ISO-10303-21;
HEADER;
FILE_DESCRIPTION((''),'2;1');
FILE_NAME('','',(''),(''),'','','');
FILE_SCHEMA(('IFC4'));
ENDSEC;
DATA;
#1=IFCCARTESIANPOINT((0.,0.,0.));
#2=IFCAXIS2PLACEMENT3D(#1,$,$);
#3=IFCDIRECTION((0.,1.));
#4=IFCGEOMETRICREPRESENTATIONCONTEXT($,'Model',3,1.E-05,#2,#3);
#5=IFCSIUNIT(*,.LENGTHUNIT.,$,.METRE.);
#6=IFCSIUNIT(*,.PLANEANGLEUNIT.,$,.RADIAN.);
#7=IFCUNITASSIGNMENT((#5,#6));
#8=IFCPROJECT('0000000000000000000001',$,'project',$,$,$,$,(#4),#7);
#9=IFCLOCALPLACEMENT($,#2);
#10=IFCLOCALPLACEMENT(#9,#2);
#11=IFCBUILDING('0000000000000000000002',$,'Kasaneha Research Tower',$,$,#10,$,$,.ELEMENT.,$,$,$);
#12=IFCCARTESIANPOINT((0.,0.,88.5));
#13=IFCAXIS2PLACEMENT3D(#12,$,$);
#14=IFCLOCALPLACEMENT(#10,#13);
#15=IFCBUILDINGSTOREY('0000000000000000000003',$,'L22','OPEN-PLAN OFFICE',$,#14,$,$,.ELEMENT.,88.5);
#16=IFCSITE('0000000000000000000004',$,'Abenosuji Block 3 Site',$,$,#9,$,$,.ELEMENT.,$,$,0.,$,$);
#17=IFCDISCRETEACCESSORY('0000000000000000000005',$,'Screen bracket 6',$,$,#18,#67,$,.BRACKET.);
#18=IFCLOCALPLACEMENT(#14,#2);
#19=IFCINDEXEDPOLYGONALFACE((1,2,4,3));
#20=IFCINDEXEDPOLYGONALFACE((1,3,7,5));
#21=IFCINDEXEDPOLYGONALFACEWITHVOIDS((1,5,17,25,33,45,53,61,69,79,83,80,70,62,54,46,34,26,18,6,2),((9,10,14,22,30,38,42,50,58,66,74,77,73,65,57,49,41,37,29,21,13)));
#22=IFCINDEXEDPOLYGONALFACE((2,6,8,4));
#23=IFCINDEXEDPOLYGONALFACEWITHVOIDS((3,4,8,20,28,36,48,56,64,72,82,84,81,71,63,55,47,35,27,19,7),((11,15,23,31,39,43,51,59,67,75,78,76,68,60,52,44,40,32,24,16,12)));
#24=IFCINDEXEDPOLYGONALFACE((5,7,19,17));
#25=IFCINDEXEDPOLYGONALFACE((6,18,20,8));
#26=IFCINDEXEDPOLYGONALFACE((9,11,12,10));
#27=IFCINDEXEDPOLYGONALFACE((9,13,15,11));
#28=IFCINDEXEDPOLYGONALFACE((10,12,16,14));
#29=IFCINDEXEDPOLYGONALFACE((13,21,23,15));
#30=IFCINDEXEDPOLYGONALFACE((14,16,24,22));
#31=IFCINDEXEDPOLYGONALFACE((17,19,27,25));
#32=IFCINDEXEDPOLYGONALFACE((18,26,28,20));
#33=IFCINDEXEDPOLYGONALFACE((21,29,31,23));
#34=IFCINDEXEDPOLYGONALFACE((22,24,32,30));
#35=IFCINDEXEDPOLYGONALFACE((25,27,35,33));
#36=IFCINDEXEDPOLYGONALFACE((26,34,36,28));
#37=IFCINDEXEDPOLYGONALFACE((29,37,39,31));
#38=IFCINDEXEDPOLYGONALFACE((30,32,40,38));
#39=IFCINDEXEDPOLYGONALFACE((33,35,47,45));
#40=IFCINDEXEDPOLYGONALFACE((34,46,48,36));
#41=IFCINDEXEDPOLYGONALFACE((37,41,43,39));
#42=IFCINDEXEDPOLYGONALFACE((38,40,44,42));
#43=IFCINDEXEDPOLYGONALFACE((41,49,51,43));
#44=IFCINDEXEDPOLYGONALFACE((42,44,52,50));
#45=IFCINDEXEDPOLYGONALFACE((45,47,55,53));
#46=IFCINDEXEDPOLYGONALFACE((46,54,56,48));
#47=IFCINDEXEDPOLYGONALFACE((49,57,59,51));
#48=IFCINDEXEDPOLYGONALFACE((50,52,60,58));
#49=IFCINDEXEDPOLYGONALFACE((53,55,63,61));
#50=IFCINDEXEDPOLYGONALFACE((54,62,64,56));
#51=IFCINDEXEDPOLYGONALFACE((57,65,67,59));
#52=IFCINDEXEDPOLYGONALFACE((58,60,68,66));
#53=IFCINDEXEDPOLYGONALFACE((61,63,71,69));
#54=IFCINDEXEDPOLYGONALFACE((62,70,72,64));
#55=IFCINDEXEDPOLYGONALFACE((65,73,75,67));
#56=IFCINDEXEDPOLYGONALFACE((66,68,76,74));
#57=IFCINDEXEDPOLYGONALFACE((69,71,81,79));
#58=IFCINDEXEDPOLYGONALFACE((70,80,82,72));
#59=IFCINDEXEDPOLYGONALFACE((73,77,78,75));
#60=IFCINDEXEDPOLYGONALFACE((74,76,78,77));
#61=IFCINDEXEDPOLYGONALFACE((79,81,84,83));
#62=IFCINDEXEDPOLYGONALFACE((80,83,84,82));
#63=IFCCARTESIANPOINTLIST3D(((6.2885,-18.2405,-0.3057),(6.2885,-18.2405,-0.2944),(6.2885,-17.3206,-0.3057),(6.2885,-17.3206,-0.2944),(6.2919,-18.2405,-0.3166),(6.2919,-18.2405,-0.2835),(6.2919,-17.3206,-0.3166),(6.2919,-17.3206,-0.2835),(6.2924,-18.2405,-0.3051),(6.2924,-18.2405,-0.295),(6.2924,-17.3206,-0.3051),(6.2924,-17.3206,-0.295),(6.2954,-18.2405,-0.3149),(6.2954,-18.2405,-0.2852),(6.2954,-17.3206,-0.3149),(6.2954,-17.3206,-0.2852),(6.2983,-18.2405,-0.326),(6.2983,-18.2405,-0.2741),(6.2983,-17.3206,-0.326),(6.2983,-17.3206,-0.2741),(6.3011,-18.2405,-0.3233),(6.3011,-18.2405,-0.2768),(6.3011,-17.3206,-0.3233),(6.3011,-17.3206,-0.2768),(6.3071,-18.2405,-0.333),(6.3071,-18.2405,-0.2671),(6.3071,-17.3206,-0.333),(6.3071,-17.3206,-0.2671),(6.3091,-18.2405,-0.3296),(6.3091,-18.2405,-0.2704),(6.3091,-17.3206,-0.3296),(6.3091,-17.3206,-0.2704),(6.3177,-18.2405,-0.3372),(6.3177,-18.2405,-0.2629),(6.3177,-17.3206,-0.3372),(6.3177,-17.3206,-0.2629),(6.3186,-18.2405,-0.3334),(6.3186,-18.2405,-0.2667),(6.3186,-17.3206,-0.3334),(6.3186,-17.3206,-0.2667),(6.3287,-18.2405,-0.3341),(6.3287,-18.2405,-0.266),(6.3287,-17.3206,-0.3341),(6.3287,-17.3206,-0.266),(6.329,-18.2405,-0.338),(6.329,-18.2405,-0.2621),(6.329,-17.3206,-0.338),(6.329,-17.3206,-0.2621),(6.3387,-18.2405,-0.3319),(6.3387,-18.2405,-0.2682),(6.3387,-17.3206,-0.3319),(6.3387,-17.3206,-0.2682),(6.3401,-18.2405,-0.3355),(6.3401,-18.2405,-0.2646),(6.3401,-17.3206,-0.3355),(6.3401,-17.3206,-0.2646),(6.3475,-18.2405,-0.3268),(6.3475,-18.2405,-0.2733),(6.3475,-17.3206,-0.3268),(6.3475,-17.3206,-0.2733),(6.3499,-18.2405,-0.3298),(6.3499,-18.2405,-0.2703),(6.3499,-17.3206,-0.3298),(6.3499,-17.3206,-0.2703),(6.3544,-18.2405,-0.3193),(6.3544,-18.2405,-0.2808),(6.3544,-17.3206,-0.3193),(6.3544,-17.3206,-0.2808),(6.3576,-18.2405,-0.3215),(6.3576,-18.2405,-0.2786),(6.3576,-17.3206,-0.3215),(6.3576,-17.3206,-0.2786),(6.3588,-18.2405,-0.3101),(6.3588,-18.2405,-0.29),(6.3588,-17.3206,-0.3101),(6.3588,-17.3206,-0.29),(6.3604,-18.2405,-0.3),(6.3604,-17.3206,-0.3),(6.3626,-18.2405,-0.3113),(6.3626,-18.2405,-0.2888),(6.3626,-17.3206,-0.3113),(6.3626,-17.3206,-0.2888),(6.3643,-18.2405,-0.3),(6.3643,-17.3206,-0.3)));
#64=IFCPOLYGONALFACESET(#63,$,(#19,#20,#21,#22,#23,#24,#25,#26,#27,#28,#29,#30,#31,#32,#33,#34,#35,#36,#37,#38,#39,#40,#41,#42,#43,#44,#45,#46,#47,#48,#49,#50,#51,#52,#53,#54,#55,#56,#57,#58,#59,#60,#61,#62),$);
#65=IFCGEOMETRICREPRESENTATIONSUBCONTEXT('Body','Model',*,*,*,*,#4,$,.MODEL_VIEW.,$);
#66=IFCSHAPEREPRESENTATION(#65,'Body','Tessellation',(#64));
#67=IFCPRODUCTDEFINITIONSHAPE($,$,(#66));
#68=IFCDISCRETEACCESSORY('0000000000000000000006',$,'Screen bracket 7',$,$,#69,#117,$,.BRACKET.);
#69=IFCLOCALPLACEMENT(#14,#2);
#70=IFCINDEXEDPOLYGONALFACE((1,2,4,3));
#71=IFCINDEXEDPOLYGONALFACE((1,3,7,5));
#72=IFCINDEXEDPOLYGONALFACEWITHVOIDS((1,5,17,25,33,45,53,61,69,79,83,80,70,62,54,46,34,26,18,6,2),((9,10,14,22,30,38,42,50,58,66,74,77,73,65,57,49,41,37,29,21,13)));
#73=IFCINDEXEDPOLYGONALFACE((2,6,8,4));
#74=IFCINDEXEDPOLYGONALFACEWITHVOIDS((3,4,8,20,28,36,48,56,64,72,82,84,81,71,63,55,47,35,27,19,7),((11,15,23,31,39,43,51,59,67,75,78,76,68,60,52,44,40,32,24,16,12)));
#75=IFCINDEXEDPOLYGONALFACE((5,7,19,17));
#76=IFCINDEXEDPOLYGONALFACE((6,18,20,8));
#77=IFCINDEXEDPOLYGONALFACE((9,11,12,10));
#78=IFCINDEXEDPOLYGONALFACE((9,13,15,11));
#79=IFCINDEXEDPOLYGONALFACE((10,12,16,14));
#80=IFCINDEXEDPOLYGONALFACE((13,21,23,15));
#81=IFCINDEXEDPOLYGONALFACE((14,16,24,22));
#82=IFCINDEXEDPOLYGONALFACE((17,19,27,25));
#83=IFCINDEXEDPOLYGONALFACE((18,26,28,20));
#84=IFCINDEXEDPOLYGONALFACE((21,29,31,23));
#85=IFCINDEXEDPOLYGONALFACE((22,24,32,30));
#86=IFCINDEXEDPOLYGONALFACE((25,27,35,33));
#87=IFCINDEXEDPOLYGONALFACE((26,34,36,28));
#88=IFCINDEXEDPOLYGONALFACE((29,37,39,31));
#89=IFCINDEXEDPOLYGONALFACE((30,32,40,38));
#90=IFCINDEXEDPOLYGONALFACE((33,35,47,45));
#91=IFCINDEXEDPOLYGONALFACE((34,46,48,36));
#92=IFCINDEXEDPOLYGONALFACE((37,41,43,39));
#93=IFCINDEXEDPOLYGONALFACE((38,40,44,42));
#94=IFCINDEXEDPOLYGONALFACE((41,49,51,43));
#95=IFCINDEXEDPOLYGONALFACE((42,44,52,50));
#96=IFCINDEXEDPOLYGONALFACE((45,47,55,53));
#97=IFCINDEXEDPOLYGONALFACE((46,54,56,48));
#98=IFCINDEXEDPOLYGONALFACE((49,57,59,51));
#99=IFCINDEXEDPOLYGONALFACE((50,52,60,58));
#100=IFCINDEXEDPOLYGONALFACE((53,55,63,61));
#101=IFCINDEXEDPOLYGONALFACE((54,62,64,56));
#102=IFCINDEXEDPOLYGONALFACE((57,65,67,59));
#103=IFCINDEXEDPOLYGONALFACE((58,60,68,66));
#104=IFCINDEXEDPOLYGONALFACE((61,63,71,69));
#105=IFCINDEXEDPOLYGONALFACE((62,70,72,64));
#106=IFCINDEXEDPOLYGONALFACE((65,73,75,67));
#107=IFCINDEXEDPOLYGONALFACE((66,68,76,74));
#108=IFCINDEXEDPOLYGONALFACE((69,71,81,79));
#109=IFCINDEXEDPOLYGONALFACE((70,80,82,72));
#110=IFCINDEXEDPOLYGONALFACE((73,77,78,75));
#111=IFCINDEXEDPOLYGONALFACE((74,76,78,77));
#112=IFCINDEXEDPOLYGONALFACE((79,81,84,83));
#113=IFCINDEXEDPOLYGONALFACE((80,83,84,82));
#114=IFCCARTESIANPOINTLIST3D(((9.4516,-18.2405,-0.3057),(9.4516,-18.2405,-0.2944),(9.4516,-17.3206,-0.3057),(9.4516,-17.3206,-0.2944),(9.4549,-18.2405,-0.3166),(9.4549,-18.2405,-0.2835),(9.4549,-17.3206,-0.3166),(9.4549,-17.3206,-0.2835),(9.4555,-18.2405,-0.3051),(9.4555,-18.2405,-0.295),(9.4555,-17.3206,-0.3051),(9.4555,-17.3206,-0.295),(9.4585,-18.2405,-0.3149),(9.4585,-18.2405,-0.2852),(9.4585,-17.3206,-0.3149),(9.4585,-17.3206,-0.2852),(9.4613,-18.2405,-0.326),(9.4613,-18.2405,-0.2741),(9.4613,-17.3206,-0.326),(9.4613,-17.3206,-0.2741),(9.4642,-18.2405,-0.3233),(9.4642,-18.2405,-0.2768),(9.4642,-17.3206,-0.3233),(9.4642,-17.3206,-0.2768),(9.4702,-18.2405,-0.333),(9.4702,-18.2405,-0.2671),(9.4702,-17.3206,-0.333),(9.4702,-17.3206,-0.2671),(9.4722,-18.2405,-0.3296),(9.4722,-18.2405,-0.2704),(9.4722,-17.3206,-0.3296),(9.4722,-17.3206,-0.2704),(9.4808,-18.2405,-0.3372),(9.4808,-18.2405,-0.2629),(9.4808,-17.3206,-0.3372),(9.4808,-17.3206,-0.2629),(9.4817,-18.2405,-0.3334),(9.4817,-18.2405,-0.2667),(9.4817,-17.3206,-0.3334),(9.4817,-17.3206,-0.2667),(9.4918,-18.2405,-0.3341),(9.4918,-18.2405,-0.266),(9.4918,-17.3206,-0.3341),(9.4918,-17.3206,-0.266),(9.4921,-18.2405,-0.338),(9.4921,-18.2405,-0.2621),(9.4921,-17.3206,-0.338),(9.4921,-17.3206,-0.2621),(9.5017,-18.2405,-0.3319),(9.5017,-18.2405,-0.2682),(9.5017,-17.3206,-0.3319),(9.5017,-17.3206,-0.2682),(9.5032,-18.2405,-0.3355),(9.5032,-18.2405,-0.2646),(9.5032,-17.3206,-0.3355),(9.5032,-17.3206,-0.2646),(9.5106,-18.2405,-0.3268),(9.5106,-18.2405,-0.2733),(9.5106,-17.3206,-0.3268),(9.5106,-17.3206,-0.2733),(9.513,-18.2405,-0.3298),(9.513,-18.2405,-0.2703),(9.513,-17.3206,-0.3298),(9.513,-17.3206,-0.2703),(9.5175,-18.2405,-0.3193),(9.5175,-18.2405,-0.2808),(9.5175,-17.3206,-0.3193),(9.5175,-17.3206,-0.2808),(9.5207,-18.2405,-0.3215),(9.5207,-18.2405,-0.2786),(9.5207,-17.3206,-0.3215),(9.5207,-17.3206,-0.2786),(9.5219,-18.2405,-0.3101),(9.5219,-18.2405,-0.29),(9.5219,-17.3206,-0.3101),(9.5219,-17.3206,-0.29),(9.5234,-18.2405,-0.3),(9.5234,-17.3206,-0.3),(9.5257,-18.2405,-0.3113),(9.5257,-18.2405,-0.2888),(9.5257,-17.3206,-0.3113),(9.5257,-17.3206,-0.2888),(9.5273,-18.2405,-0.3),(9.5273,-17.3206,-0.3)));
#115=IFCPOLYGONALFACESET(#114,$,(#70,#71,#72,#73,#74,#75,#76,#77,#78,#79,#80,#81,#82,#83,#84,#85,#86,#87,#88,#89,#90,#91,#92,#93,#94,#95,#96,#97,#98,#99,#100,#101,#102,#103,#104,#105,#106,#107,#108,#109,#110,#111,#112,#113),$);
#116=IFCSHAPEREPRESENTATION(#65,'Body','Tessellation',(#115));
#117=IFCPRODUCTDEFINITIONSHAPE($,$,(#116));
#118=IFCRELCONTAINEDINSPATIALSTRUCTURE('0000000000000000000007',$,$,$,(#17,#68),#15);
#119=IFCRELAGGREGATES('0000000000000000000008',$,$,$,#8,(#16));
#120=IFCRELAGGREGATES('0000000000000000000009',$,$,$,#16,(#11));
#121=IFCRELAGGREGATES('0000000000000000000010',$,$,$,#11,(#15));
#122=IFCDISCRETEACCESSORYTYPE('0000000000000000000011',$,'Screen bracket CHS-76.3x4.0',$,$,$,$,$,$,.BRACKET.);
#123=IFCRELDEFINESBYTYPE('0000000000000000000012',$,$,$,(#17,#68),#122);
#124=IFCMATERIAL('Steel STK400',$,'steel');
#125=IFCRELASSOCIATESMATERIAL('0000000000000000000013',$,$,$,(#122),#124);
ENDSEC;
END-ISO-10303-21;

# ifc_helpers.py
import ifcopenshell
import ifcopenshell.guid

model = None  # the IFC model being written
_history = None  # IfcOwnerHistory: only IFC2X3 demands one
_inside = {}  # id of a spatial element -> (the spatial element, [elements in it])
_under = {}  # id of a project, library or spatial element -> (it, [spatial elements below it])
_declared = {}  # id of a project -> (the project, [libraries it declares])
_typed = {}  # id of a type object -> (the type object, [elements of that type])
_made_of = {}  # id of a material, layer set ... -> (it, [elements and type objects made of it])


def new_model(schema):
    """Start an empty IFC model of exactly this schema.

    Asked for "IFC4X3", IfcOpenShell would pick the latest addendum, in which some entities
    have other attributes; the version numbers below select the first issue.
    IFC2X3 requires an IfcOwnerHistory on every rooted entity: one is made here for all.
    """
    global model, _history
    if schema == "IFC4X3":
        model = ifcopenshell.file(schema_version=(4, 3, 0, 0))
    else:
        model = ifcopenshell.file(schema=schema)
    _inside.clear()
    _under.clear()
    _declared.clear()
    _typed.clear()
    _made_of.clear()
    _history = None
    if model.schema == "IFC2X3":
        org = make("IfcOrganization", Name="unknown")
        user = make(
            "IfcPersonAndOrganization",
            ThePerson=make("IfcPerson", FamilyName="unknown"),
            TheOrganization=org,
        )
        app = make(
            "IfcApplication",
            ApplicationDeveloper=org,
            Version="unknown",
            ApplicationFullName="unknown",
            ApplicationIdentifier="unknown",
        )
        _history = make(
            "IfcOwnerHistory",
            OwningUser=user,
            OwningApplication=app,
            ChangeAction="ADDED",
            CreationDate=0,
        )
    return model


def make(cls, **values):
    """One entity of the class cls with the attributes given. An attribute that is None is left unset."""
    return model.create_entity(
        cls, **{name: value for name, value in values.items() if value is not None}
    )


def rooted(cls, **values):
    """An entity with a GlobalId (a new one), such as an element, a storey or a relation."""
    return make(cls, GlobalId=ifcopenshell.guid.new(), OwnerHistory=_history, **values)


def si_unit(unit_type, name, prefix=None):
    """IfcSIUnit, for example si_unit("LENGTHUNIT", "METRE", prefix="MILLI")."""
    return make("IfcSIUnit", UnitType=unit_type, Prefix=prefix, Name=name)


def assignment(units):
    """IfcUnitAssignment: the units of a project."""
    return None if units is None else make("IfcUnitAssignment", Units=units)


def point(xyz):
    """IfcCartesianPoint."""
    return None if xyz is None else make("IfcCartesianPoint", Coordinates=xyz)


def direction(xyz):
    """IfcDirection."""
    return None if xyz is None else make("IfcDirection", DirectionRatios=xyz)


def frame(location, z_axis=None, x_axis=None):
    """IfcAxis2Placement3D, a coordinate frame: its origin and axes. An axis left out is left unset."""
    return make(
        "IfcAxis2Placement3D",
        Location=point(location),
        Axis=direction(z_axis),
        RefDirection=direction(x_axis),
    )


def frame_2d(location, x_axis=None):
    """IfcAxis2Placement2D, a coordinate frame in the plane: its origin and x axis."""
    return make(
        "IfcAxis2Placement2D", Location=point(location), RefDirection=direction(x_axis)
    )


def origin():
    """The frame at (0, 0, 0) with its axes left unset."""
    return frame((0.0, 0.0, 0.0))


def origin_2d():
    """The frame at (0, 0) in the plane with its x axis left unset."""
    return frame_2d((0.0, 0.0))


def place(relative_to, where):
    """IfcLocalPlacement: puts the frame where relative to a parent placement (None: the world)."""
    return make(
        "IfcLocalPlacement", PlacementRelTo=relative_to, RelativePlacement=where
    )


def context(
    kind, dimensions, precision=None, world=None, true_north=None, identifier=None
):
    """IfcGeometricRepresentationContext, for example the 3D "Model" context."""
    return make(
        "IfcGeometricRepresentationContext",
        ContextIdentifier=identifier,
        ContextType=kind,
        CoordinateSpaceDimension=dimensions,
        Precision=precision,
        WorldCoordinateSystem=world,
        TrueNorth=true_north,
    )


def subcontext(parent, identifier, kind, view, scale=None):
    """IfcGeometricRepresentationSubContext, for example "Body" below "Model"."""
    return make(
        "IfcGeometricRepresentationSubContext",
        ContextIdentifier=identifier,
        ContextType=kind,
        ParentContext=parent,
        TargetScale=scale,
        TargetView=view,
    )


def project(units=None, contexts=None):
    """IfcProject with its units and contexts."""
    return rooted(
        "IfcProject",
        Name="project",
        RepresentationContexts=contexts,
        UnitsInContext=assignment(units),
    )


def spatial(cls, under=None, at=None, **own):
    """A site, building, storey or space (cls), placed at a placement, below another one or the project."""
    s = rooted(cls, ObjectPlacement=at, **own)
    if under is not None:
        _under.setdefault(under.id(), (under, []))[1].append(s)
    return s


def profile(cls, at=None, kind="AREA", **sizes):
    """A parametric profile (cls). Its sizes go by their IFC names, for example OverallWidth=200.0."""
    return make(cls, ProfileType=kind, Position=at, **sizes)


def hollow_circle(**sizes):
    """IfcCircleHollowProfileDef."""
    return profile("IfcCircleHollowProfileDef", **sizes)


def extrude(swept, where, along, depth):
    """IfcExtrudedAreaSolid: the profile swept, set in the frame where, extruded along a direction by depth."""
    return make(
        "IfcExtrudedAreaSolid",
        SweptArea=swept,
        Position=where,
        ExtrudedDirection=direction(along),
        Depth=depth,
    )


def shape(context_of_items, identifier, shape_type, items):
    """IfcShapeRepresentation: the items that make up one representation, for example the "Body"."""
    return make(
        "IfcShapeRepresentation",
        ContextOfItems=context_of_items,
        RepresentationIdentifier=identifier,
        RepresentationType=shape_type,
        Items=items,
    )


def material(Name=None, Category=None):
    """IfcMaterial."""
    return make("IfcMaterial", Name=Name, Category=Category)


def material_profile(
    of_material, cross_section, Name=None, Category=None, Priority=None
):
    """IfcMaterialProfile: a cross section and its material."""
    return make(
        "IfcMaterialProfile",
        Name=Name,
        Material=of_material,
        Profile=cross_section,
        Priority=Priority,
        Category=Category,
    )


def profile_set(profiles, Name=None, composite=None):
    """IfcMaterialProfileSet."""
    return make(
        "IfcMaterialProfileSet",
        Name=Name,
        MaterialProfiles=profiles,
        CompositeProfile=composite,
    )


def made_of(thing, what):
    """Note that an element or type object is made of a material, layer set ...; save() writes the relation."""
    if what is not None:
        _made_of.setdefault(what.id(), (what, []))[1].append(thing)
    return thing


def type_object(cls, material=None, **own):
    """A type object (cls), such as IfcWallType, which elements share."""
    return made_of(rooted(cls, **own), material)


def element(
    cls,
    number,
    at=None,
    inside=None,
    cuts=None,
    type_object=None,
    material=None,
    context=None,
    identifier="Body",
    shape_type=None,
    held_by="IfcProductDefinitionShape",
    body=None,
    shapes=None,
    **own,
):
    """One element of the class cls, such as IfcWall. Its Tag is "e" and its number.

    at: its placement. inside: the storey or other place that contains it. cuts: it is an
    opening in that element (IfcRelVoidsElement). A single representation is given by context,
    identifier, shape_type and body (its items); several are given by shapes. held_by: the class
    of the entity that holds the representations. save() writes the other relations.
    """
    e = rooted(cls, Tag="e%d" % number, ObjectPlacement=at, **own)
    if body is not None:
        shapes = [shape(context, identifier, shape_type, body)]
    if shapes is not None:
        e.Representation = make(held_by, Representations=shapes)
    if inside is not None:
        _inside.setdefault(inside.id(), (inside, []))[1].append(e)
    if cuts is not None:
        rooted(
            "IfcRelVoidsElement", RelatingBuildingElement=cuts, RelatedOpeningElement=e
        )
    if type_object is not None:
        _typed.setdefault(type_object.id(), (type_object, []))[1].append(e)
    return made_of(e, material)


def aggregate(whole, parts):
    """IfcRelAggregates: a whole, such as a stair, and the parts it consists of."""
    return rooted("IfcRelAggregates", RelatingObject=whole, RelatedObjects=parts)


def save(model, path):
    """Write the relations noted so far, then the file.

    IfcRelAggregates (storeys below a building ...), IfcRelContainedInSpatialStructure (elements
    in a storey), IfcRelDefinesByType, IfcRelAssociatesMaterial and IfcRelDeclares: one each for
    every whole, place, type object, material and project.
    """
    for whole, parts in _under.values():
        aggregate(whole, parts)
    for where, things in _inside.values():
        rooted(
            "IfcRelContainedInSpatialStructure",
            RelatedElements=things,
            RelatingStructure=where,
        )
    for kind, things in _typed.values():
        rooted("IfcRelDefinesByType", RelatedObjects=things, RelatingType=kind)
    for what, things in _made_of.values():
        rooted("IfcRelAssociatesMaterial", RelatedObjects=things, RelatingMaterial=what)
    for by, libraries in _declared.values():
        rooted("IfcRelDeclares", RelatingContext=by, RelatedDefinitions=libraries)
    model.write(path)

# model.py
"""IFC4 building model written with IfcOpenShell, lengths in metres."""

from ifc_helpers import new_model, si_unit, direction, frame, origin, origin_2d, place, context, subcontext, project, spatial, hollow_circle, extrude, material, material_profile, profile_set, type_object, element, save


model = new_model("IFC4")

# Units and contexts
model_context = context("Model", 3, precision=1e-05, world=origin(), true_north=direction((0.0, 1.0)))
body_context = subcontext(model_context, "Body", "Model", "MODEL_VIEW")
ifc_project = project(units=[si_unit("LENGTHUNIT", "METRE"), si_unit("PLANEANGLEUNIT", "RADIAN")], contexts=[model_context])

# Site, building, storey
site_placement = place(None, origin())
site = spatial("IfcSite", under=ifc_project, at=site_placement, Name="Abenosuji Block 3 Site", CompositionType="ELEMENT", RefElevation=0.0)
building_placement = place(site_placement, origin())
building = spatial("IfcBuilding", under=site, at=building_placement, Name="Kasaneha Research Tower", CompositionType="ELEMENT")
storey_placement = place(building_placement, frame((0.0, 0.0, 88.5)))
storey = spatial("IfcBuildingStorey", under=building, at=storey_placement, Name="L22", Description="OPEN-PLAN OFFICE", CompositionType="ELEMENT", Elevation=88.5)

# Discrete accessories
ifc_material_1 = material(Name="Steel STK400", Category="steel")
ifc_material_profile_1 = material_profile(ifc_material_1, hollow_circle(Radius=0.0381, WallThickness=0.0039, at=origin_2d()), Name="CHS-76.3x4.0")
ifc_profile_set_1 = profile_set([ifc_material_profile_1], Name="Steel STK400")
discrete_accessory_type = type_object("IfcDiscreteAccessoryType", Name="Screen bracket CHS-76.3x4.0", PredefinedType="BRACKET", material=ifc_profile_set_1)
for number, where, z_axis, x_axis, name in (
    (1, (6.3262, -17.3206, -0.3), (0.0, -1.0, 0.0), (1.0, 0.0, 0.0), "Screen bracket 6"),
    (2, (9.4893, -17.3206, -0.3), (0.0, -1.0, 0.0), (1.0, 0.0, 0.0), "Screen bracket 7"),
):
    element("IfcDiscreteAccessory", number, at=place(storey_placement, frame(where, z_axis=z_axis, x_axis=x_axis)), inside=storey, type_object=discrete_accessory_type, Name=name, PredefinedType="BRACKET", context=body_context, shape_type="SweptSolid", body=[
        extrude(hollow_circle(Radius=0.0381, WallThickness=0.0039, at=origin_2d()), origin(), (0.0, 0.0, 1.0), 0.9199),
    ])

save(model, "model.ifc")
